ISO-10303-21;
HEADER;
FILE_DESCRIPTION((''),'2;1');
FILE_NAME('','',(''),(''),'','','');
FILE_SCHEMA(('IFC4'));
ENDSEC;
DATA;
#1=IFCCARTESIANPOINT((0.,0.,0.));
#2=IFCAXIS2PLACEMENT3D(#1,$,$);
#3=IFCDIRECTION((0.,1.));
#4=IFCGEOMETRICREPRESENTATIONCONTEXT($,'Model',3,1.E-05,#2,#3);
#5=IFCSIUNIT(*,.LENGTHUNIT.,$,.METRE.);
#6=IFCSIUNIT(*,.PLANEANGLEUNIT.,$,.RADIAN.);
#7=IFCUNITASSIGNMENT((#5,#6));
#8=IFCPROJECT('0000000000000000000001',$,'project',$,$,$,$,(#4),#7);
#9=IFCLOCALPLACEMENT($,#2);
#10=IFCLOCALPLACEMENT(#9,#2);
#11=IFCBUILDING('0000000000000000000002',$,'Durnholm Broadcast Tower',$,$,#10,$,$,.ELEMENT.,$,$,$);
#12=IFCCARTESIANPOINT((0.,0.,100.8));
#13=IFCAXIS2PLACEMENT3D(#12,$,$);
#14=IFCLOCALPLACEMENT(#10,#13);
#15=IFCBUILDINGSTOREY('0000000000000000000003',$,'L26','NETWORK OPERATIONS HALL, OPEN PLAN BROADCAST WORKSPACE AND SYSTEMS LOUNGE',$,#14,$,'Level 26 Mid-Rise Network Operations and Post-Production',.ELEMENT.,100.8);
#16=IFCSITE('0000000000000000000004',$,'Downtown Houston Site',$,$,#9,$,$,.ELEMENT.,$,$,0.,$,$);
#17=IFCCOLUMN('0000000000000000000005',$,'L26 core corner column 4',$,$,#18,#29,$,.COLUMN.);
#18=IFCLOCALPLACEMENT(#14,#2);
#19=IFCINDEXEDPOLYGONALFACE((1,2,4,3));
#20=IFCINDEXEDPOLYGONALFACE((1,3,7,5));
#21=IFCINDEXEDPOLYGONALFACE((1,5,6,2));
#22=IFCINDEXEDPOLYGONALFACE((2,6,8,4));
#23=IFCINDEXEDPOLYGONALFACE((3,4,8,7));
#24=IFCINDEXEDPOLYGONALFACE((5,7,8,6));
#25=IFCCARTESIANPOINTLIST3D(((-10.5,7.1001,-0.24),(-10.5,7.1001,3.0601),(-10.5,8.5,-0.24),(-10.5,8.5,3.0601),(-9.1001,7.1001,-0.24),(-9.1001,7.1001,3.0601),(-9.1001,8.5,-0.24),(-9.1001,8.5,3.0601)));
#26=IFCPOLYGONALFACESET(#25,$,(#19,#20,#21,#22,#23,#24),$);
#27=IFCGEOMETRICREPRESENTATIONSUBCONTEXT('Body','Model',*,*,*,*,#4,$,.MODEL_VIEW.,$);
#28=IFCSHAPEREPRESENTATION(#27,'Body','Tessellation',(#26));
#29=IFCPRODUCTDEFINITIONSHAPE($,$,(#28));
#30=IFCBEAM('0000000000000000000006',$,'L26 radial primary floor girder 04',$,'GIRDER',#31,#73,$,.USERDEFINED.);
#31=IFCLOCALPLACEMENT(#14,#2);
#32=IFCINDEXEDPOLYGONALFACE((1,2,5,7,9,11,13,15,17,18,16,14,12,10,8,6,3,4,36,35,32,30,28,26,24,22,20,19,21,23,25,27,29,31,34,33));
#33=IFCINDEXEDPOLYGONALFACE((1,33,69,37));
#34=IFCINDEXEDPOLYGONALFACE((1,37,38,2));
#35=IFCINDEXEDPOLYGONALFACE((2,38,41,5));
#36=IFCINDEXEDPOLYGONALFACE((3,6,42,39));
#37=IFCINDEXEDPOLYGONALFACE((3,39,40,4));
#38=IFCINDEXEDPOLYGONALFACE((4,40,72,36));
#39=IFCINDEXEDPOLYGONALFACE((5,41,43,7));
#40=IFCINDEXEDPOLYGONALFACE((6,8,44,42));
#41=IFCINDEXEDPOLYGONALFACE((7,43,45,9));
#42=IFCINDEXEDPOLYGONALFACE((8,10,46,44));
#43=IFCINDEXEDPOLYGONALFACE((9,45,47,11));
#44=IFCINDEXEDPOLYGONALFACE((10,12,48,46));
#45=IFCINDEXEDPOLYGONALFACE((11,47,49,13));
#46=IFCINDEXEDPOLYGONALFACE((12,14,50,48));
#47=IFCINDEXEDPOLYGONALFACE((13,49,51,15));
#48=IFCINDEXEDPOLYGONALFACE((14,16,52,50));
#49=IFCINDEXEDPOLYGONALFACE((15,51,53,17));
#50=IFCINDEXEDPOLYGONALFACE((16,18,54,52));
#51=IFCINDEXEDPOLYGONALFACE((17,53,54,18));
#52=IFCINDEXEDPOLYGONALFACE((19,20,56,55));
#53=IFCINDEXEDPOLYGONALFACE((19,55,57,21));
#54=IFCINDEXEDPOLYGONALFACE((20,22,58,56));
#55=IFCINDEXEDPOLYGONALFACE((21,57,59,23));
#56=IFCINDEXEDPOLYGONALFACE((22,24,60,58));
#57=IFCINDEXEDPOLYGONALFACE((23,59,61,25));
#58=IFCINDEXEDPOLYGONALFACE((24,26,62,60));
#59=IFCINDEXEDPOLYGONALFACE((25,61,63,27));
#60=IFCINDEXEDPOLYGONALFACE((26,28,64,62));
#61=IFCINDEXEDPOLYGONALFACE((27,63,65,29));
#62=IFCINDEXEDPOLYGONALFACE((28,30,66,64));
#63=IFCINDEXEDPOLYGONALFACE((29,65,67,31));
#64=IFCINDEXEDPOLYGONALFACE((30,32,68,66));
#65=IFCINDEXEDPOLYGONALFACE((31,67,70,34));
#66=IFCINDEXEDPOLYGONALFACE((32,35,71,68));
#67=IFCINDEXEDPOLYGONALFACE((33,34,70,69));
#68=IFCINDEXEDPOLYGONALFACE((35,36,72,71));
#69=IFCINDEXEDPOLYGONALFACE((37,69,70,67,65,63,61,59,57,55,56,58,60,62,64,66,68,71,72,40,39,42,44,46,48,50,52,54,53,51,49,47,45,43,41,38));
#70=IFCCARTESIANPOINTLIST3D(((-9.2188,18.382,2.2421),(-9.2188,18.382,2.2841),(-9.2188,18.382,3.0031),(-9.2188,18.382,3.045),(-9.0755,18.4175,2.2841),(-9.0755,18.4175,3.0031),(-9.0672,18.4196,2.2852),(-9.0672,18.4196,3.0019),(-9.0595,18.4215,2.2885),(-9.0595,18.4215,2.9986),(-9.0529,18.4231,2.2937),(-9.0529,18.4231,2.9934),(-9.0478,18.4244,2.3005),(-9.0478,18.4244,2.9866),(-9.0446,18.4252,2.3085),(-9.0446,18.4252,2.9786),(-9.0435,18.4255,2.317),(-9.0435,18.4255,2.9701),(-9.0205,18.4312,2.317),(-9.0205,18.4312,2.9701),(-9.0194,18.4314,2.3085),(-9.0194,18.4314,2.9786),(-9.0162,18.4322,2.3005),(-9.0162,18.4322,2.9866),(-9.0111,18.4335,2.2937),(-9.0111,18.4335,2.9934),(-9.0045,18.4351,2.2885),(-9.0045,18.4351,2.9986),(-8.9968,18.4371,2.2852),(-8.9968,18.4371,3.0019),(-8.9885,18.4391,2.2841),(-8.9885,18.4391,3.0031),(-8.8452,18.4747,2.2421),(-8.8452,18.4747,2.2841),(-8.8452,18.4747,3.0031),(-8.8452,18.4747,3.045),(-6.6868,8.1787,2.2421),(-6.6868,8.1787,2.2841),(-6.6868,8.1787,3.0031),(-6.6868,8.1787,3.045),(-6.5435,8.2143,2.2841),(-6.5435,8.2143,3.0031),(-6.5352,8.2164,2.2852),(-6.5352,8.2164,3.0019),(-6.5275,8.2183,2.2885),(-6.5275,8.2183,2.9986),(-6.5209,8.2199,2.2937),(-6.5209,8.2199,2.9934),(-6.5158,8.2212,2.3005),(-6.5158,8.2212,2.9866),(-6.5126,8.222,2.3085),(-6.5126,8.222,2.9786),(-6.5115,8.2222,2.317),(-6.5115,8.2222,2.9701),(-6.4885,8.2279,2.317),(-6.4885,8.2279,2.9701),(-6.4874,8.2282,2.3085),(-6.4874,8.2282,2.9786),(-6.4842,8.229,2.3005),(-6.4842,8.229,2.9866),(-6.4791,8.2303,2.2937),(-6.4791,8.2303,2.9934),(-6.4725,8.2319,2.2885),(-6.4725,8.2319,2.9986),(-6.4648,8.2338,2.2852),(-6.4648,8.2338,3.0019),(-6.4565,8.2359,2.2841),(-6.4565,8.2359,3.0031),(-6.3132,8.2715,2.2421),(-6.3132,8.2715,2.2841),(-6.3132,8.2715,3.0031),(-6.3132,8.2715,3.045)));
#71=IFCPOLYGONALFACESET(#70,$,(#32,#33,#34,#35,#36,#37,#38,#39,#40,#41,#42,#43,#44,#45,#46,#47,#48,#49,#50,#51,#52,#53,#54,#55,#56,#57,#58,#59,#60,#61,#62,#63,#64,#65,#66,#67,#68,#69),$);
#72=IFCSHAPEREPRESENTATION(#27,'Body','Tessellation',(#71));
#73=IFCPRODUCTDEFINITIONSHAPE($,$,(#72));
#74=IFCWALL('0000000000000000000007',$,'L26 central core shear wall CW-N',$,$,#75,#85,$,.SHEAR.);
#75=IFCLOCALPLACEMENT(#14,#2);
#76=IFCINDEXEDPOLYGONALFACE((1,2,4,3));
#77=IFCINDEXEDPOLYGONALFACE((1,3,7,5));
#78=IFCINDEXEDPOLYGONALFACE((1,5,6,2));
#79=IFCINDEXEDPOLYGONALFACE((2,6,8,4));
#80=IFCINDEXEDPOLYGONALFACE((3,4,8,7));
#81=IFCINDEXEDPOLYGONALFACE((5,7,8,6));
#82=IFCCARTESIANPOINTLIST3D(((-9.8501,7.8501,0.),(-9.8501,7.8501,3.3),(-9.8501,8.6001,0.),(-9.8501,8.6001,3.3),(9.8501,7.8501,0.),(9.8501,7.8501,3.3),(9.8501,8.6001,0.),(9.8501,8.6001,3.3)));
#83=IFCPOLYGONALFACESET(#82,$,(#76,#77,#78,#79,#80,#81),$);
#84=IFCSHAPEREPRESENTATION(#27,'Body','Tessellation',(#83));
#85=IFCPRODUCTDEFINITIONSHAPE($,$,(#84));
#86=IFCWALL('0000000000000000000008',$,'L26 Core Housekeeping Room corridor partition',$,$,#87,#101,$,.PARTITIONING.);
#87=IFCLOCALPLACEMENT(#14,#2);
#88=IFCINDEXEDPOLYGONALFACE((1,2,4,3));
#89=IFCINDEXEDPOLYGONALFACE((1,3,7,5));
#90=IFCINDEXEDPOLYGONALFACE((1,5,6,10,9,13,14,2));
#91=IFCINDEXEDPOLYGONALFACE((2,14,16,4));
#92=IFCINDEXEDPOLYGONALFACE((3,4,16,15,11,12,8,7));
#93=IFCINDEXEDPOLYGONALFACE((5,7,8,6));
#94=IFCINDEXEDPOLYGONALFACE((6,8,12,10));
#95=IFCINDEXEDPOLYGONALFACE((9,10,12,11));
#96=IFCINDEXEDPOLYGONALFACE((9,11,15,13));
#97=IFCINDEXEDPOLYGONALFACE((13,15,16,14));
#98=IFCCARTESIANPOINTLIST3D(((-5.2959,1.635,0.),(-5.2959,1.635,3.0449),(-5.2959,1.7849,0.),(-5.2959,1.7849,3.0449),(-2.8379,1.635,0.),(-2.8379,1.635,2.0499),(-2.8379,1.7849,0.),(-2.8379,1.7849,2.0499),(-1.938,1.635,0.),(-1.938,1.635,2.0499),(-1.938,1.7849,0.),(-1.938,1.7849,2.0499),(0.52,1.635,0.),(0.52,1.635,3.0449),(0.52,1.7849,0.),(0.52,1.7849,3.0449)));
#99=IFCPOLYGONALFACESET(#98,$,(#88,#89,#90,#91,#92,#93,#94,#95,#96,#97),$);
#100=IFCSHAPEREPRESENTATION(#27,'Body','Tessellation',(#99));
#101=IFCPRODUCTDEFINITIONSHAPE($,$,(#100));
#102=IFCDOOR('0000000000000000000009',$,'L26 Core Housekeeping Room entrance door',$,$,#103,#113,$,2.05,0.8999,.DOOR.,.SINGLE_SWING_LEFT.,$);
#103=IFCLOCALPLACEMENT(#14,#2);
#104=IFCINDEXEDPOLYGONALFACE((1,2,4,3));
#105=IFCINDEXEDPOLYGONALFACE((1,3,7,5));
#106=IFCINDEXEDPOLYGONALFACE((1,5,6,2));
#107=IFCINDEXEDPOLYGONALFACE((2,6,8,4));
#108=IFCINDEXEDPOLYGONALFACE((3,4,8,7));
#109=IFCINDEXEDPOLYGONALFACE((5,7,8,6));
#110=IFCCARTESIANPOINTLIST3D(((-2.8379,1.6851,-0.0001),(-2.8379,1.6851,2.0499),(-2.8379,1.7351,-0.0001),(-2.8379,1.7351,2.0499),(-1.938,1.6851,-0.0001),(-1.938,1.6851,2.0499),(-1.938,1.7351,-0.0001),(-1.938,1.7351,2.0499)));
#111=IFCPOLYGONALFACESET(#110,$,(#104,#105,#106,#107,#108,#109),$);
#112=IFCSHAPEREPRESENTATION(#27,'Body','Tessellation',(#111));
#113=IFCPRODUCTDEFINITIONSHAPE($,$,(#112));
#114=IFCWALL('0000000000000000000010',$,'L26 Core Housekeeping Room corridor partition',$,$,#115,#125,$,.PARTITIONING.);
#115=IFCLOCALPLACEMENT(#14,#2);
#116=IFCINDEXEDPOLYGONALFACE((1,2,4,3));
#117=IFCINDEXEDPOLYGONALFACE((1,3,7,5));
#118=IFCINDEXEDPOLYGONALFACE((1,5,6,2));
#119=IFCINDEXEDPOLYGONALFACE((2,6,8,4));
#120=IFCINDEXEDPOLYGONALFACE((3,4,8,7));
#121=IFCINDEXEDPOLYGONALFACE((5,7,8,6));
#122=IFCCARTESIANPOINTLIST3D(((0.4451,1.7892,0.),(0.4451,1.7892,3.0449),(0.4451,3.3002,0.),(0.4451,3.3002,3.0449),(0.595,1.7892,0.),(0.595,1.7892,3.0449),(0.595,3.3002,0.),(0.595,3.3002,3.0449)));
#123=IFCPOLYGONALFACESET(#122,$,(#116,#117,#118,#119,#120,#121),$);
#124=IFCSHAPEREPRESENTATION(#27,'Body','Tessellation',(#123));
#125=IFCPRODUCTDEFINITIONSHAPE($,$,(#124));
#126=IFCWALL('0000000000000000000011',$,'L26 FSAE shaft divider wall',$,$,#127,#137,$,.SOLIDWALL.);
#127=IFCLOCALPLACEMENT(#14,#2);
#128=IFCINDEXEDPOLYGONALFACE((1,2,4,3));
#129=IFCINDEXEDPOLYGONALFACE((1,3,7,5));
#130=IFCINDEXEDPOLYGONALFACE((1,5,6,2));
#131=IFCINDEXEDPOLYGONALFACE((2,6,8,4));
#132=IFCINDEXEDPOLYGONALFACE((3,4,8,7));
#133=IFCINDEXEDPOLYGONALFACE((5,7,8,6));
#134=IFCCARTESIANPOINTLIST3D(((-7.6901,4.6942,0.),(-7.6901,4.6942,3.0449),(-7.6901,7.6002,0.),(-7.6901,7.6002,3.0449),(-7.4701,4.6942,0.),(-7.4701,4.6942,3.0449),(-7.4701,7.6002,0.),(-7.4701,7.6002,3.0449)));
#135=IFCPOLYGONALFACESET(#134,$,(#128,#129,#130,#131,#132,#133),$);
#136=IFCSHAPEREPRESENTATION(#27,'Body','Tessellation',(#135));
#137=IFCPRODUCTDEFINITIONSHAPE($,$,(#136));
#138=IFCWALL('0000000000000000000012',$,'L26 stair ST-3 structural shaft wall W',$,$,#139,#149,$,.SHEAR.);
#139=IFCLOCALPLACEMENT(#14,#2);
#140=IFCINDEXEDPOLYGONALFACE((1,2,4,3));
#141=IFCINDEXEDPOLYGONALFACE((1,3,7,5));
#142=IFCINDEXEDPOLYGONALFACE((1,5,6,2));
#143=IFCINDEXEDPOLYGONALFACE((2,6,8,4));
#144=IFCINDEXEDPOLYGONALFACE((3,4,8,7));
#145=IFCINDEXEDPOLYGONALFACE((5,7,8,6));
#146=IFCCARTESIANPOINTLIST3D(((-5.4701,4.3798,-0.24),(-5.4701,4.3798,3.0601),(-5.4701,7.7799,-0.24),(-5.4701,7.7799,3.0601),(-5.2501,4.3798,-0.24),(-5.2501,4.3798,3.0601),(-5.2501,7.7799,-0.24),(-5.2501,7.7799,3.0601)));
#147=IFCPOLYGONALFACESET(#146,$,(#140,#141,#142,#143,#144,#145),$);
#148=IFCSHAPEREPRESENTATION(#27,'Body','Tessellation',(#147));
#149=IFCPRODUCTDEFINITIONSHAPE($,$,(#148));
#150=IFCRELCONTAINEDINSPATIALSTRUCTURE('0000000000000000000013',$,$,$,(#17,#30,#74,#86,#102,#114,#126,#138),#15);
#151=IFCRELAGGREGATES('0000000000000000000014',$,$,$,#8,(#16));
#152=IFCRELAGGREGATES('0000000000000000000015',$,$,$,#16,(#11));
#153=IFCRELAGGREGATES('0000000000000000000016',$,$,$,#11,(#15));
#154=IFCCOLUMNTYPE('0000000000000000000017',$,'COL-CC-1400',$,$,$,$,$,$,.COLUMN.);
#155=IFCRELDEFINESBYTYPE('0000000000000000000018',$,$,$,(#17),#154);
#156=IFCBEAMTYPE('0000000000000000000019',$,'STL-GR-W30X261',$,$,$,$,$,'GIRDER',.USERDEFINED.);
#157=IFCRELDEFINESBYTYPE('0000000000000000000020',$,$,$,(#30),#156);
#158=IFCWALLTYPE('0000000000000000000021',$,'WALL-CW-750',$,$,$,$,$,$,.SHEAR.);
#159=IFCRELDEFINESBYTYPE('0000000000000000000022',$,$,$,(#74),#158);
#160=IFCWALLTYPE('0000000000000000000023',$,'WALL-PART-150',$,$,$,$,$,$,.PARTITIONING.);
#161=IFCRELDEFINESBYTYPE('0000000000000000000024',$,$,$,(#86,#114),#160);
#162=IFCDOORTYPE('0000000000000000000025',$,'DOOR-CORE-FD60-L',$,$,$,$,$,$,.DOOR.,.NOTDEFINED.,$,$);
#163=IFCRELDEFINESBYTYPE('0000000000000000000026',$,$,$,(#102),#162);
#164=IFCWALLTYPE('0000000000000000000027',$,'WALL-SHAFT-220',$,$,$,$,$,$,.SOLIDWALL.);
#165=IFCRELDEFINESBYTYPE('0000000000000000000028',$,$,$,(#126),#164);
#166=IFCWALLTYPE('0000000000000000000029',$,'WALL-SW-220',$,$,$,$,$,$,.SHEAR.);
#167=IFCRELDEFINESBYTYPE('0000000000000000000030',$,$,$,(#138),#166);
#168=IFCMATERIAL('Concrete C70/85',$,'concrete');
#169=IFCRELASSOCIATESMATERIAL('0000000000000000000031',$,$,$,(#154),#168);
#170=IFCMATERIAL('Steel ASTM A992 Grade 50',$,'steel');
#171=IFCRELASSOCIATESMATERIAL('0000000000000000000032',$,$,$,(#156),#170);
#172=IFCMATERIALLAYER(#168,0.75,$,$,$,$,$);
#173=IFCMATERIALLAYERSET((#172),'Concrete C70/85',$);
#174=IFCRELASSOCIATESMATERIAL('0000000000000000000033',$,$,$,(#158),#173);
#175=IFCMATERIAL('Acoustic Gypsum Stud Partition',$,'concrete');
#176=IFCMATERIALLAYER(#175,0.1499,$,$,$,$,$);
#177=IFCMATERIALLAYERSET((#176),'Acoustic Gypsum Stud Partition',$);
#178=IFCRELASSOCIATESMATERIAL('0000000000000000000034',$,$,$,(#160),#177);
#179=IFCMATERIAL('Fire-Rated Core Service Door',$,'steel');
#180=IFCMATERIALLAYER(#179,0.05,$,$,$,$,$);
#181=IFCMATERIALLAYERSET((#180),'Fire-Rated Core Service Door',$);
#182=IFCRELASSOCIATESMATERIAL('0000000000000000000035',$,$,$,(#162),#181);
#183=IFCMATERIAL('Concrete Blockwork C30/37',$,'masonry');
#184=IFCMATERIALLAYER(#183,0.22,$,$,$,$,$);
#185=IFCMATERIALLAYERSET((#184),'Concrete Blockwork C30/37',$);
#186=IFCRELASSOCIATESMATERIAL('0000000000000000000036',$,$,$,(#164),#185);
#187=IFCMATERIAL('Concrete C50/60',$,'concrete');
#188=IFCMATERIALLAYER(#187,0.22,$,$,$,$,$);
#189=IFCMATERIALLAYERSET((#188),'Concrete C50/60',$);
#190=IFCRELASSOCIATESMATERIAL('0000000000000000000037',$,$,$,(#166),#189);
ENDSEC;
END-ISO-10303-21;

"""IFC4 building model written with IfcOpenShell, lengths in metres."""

from ifc_helpers import new_model, si_unit, direction, frame, frame_2d, origin, origin_2d, place, context, subcontext, project, spatial, rectangle, i_section, extrude, source, transform, mapped, material, layer, layer_set, material_profile, profile_set, type_object, type_shapes, element, fill, save


model = new_model("IFC4")

# Units and contexts
model_context = context("Model", 3, precision=1e-05, world=origin(), true_north=direction((0.0, 1.0)))
body_context = subcontext(model_context, "Body", "Model", "MODEL_VIEW")
ifc_project = project(units=[si_unit("LENGTHUNIT", "METRE"), si_unit("PLANEANGLEUNIT", "RADIAN")], contexts=[model_context])

# Site, building, storey
site_placement = place(None, origin())
site = spatial("IfcSite", under=ifc_project, at=site_placement, Name="Downtown Houston Site", CompositionType="ELEMENT", RefElevation=0.0)
building_placement = place(site_placement, origin())
building = spatial("IfcBuilding", under=site, at=building_placement, Name="Durnholm Broadcast Tower", CompositionType="ELEMENT")
storey_placement = place(building_placement, frame((0.0, 0.0, 100.8)))
storey = spatial("IfcBuildingStorey", under=building, at=storey_placement, Name="L26", Description="NETWORK OPERATIONS HALL, OPEN PLAN BROADCAST WORKSPACE AND SYSTEMS LOUNGE", LongName="Level 26 Mid-Rise Network Operations and Post-Production", CompositionType="ELEMENT", Elevation=100.8)

# Column
ifc_material_1 = material(Name="Concrete C70/85", Category="concrete")
ifc_material_profile_1 = material_profile(ifc_material_1, rectangle(XDim=1.3999, YDim=1.3999, at=origin_2d()), Name="RC1400X1400")
ifc_profile_set_1 = profile_set([ifc_material_profile_1], Name="Concrete C70/85")
column_type = type_object("IfcColumnType", Name="COL-CC-1400", PredefinedType="COLUMN", material=ifc_profile_set_1)
shared_shape_1 = source(origin(), body_context, "Body", "SweptSolid", [
    extrude(rectangle(XDim=1.3999, YDim=1.3999, at=origin_2d()), origin(), (0.0, 0.0, 1.0), 3.3),
])
type_shapes(column_type, [shared_shape_1])
column_placement = place(storey_placement, frame((-9.8, 7.8, -0.24), z_axis=(0.0, 0.0, 1.0), x_axis=(1.0, 0.0, 0.0)))
element("IfcColumn", 1, at=column_placement, inside=storey, type_object=column_type, Name="L26 core corner column 4", PredefinedType="COLUMN", context=body_context, shape_type="MappedRepresentation", body=[
    mapped(shared_shape_1, transform((0.0, 0.0, 0.0), x_axis=(1.0, 0.0, 0.0), y_axis=(0.0, 1.0, 0.0), z_axis=(0.0, 0.0, 1.0), scale=1.0)),
])

# Beam
ifc_material_2 = material(Name="Steel ASTM A992 Grade 50", Category="steel")
ifc_material_profile_2 = material_profile(ifc_material_2, i_section(OverallWidth=0.385, OverallDepth=0.803, WebThickness=0.0237, FlangeThickness=0.042, FilletRadius=0.033, at=origin_2d()), Name="W30X261")
ifc_profile_set_2 = profile_set([ifc_material_profile_2], Name="Steel ASTM A992 Grade 50")
beam_type = type_object("IfcBeamType", Name="STL-GR-W30X261", ElementType="GIRDER", PredefinedType="USERDEFINED", material=ifc_profile_set_2)
shared_shape_2 = source(origin(), body_context, "Body", "SweptSolid", [
    extrude(i_section(OverallWidth=0.385, OverallDepth=0.803, WebThickness=0.0237, FlangeThickness=0.042, FilletRadius=0.033, at=origin_2d()), origin(), (0.0, 0.0, 1.0), 10.5127),
])
type_shapes(beam_type, [shared_shape_2])
beam_placement = place(storey_placement, frame((-6.5, 8.2251, 2.6436), z_axis=(-0.240852, 0.970562, 0.0), x_axis=(-0.970562, -0.240852, 0.0)))
element("IfcBeam", 2, at=beam_placement, inside=storey, type_object=beam_type, Name="L26 radial primary floor girder 04", ObjectType="GIRDER", PredefinedType="USERDEFINED", context=body_context, shape_type="MappedRepresentation", body=[
    mapped(shared_shape_2, transform((0.0, 0.0, 0.0), x_axis=(1.0, 0.0, 0.0), y_axis=(0.0, 1.0, 0.0), z_axis=(0.0, 0.0, 1.0), scale=1.0)),
])

# Wall
ifc_layer_1 = layer(ifc_material_1, 0.75)
ifc_layer_set_1 = layer_set([ifc_layer_1], Name="Concrete C70/85")
wall_type_1 = type_object("IfcWallType", Name="WALL-CW-750", PredefinedType="SHEAR", material=ifc_layer_set_1)
wall_1_placement = place(storey_placement, frame((-9.8501, 8.2251, 0.0), z_axis=(0.0, 0.0, 1.0), x_axis=(1.0, 0.0, 0.0)))
element("IfcWall", 3, at=wall_1_placement, inside=storey, type_object=wall_type_1, Name="L26 central core shear wall CW-N", PredefinedType="SHEAR", context=body_context, shape_type="SweptSolid", body=[
    extrude(rectangle(XDim=19.7002, YDim=0.75, at=frame_2d((9.8501, 0.0))), origin(), (0.0, 0.0, 1.0), 3.3),
])

# Wall, opening, door
ifc_material_3 = material(Name="Acoustic Gypsum Stud Partition", Category="concrete")
ifc_layer_2 = layer(ifc_material_3, 0.1499)
ifc_layer_set_2 = layer_set([ifc_layer_2], Name="Acoustic Gypsum Stud Partition")
wall_type_2 = type_object("IfcWallType", Name="WALL-PART-150", PredefinedType="PARTITIONING", material=ifc_layer_set_2)
wall_2_placement = place(storey_placement, frame((0.52, 1.71, 0.0), z_axis=(0.0, 0.0, 1.0), x_axis=(-1.0, 0.0, 0.0)))
wall_2 = element("IfcWall", 4, at=wall_2_placement, inside=storey, type_object=wall_type_2, Name="L26 Core Housekeeping Room corridor partition", PredefinedType="PARTITIONING", context=body_context, shape_type="SweptSolid", body=[
    extrude(rectangle(XDim=5.8159, YDim=0.1499, at=frame_2d((2.908, 0.0))), origin(), (0.0, 0.0, 1.0), 3.0449),
])
opening_1_placement = place(wall_2_placement, frame((2.458, 0.0, 0.0)))
opening_1 = element("IfcOpeningElement", 5, at=opening_1_placement, cuts=wall_2, PredefinedType="OPENING", context=body_context, shape_type="SweptSolid", body=[
    extrude(rectangle(XDim=0.8999, YDim=2.05, at=frame_2d((0.45, 1.0249))), frame((0.0, 0.085, 0.0), z_axis=(0.0, -1.0, 0.0), x_axis=(1.0, 0.0, 0.0)), (0.0, 0.0, 1.0), 0.1699),
])
ifc_material_4 = material(Name="Fire-Rated Core Service Door", Category="steel")
ifc_layer_3 = layer(ifc_material_4, 0.05)
ifc_layer_set_3 = layer_set([ifc_layer_3], Name="Fire-Rated Core Service Door")
door_type_1 = type_object("IfcDoorType", Name="DOOR-CORE-FD60-L", OperationType="NOTDEFINED", PredefinedType="DOOR", material=ifc_layer_set_3)
shared_shape_3 = source(origin(), body_context, "Body", "SweptSolid", [
    extrude(rectangle(XDim=0.8999, YDim=2.05, at=frame_2d((0.45, 1.0249))), frame((0.0, 0.0249, 0.0), z_axis=(0.0, -1.0, 0.0), x_axis=(1.0, 0.0, 0.0)), (0.0, 0.0, 1.0), 0.05),
])
type_shapes(door_type_1, [shared_shape_3])
door_1_placement = place(opening_1_placement, origin())
door_1 = element("IfcDoor", 6, at=door_1_placement, inside=storey, type_object=door_type_1, Name="L26 Core Housekeeping Room entrance door", OperationType="SINGLE_SWING_LEFT", OverallHeight=2.05, OverallWidth=0.8999, PredefinedType="DOOR", context=body_context, shape_type="MappedRepresentation", body=[
    mapped(shared_shape_3, transform((0.0, 0.0, 0.0), x_axis=(1.0, 0.0, 0.0), y_axis=(0.0, 1.0, 0.0), z_axis=(0.0, 0.0, 1.0), scale=1.0)),
])
fill(opening_1, door_1)

# Wall
wall_3_placement = place(storey_placement, frame((0.52, 3.3, 0.0), z_axis=(0.0, 0.0, 1.0), x_axis=(0.0, -1.0, 0.0)))
element("IfcWall", 7, at=wall_3_placement, inside=storey, type_object=wall_type_2, Name="L26 Core Housekeeping Room corridor partition", PredefinedType="PARTITIONING", context=body_context, shape_type="SweptSolid", body=[
    extrude(rectangle(XDim=1.511, YDim=0.1499, at=frame_2d((0.7554, 0.0))), origin(), (0.0, 0.0, 1.0), 3.0449),
])

# Shared definitions
ifc_material_5 = material(Name="Concrete Blockwork C30/37", Category="masonry")
ifc_layer_4 = layer(ifc_material_5, 0.22)
ifc_layer_set_4 = layer_set([ifc_layer_4], Name="Concrete Blockwork C30/37")
wall_type_3 = type_object("IfcWallType", Name="WALL-SHAFT-220", PredefinedType="SOLIDWALL", material=ifc_layer_set_4)

# Walls
wall_4_placement = place(storey_placement, frame((-7.5801, 4.6941, 0.0), z_axis=(0.0, 0.0, 1.0), x_axis=(0.0, 1.0, 0.0)))
element("IfcWall", 8, at=wall_4_placement, inside=storey, type_object=wall_type_3, Name="L26 FSAE shaft divider wall", PredefinedType="SOLIDWALL", context=body_context, shape_type="SweptSolid", body=[
    extrude(rectangle(XDim=2.906, YDim=0.22, at=frame_2d((1.4531, 0.0))), origin(), (0.0, 0.0, 1.0), 3.0449),
])
ifc_material_6 = material(Name="Concrete C50/60", Category="concrete")
ifc_layer_5 = layer(ifc_material_6, 0.22)
ifc_layer_set_5 = layer_set([ifc_layer_5], Name="Concrete C50/60")
wall_type_4 = type_object("IfcWallType", Name="WALL-SW-220", PredefinedType="SHEAR", material=ifc_layer_set_5)
wall_5_placement = place(storey_placement, frame((-5.3601, 7.78, -0.24), z_axis=(0.0, 0.0, 1.0), x_axis=(0.0, -1.0, 0.0)))
element("IfcWall", 9, at=wall_5_placement, inside=storey, type_object=wall_type_4, Name="L26 stair ST-3 structural shaft wall W", PredefinedType="SHEAR", context=body_context, shape_type="SweptSolid", body=[
    extrude(rectangle(XDim=3.4001, YDim=0.22, at=frame_2d((1.7002, 0.0))), origin(), (0.0, 0.0, 1.0), 3.3),
])

save(model, "model.ifc")
